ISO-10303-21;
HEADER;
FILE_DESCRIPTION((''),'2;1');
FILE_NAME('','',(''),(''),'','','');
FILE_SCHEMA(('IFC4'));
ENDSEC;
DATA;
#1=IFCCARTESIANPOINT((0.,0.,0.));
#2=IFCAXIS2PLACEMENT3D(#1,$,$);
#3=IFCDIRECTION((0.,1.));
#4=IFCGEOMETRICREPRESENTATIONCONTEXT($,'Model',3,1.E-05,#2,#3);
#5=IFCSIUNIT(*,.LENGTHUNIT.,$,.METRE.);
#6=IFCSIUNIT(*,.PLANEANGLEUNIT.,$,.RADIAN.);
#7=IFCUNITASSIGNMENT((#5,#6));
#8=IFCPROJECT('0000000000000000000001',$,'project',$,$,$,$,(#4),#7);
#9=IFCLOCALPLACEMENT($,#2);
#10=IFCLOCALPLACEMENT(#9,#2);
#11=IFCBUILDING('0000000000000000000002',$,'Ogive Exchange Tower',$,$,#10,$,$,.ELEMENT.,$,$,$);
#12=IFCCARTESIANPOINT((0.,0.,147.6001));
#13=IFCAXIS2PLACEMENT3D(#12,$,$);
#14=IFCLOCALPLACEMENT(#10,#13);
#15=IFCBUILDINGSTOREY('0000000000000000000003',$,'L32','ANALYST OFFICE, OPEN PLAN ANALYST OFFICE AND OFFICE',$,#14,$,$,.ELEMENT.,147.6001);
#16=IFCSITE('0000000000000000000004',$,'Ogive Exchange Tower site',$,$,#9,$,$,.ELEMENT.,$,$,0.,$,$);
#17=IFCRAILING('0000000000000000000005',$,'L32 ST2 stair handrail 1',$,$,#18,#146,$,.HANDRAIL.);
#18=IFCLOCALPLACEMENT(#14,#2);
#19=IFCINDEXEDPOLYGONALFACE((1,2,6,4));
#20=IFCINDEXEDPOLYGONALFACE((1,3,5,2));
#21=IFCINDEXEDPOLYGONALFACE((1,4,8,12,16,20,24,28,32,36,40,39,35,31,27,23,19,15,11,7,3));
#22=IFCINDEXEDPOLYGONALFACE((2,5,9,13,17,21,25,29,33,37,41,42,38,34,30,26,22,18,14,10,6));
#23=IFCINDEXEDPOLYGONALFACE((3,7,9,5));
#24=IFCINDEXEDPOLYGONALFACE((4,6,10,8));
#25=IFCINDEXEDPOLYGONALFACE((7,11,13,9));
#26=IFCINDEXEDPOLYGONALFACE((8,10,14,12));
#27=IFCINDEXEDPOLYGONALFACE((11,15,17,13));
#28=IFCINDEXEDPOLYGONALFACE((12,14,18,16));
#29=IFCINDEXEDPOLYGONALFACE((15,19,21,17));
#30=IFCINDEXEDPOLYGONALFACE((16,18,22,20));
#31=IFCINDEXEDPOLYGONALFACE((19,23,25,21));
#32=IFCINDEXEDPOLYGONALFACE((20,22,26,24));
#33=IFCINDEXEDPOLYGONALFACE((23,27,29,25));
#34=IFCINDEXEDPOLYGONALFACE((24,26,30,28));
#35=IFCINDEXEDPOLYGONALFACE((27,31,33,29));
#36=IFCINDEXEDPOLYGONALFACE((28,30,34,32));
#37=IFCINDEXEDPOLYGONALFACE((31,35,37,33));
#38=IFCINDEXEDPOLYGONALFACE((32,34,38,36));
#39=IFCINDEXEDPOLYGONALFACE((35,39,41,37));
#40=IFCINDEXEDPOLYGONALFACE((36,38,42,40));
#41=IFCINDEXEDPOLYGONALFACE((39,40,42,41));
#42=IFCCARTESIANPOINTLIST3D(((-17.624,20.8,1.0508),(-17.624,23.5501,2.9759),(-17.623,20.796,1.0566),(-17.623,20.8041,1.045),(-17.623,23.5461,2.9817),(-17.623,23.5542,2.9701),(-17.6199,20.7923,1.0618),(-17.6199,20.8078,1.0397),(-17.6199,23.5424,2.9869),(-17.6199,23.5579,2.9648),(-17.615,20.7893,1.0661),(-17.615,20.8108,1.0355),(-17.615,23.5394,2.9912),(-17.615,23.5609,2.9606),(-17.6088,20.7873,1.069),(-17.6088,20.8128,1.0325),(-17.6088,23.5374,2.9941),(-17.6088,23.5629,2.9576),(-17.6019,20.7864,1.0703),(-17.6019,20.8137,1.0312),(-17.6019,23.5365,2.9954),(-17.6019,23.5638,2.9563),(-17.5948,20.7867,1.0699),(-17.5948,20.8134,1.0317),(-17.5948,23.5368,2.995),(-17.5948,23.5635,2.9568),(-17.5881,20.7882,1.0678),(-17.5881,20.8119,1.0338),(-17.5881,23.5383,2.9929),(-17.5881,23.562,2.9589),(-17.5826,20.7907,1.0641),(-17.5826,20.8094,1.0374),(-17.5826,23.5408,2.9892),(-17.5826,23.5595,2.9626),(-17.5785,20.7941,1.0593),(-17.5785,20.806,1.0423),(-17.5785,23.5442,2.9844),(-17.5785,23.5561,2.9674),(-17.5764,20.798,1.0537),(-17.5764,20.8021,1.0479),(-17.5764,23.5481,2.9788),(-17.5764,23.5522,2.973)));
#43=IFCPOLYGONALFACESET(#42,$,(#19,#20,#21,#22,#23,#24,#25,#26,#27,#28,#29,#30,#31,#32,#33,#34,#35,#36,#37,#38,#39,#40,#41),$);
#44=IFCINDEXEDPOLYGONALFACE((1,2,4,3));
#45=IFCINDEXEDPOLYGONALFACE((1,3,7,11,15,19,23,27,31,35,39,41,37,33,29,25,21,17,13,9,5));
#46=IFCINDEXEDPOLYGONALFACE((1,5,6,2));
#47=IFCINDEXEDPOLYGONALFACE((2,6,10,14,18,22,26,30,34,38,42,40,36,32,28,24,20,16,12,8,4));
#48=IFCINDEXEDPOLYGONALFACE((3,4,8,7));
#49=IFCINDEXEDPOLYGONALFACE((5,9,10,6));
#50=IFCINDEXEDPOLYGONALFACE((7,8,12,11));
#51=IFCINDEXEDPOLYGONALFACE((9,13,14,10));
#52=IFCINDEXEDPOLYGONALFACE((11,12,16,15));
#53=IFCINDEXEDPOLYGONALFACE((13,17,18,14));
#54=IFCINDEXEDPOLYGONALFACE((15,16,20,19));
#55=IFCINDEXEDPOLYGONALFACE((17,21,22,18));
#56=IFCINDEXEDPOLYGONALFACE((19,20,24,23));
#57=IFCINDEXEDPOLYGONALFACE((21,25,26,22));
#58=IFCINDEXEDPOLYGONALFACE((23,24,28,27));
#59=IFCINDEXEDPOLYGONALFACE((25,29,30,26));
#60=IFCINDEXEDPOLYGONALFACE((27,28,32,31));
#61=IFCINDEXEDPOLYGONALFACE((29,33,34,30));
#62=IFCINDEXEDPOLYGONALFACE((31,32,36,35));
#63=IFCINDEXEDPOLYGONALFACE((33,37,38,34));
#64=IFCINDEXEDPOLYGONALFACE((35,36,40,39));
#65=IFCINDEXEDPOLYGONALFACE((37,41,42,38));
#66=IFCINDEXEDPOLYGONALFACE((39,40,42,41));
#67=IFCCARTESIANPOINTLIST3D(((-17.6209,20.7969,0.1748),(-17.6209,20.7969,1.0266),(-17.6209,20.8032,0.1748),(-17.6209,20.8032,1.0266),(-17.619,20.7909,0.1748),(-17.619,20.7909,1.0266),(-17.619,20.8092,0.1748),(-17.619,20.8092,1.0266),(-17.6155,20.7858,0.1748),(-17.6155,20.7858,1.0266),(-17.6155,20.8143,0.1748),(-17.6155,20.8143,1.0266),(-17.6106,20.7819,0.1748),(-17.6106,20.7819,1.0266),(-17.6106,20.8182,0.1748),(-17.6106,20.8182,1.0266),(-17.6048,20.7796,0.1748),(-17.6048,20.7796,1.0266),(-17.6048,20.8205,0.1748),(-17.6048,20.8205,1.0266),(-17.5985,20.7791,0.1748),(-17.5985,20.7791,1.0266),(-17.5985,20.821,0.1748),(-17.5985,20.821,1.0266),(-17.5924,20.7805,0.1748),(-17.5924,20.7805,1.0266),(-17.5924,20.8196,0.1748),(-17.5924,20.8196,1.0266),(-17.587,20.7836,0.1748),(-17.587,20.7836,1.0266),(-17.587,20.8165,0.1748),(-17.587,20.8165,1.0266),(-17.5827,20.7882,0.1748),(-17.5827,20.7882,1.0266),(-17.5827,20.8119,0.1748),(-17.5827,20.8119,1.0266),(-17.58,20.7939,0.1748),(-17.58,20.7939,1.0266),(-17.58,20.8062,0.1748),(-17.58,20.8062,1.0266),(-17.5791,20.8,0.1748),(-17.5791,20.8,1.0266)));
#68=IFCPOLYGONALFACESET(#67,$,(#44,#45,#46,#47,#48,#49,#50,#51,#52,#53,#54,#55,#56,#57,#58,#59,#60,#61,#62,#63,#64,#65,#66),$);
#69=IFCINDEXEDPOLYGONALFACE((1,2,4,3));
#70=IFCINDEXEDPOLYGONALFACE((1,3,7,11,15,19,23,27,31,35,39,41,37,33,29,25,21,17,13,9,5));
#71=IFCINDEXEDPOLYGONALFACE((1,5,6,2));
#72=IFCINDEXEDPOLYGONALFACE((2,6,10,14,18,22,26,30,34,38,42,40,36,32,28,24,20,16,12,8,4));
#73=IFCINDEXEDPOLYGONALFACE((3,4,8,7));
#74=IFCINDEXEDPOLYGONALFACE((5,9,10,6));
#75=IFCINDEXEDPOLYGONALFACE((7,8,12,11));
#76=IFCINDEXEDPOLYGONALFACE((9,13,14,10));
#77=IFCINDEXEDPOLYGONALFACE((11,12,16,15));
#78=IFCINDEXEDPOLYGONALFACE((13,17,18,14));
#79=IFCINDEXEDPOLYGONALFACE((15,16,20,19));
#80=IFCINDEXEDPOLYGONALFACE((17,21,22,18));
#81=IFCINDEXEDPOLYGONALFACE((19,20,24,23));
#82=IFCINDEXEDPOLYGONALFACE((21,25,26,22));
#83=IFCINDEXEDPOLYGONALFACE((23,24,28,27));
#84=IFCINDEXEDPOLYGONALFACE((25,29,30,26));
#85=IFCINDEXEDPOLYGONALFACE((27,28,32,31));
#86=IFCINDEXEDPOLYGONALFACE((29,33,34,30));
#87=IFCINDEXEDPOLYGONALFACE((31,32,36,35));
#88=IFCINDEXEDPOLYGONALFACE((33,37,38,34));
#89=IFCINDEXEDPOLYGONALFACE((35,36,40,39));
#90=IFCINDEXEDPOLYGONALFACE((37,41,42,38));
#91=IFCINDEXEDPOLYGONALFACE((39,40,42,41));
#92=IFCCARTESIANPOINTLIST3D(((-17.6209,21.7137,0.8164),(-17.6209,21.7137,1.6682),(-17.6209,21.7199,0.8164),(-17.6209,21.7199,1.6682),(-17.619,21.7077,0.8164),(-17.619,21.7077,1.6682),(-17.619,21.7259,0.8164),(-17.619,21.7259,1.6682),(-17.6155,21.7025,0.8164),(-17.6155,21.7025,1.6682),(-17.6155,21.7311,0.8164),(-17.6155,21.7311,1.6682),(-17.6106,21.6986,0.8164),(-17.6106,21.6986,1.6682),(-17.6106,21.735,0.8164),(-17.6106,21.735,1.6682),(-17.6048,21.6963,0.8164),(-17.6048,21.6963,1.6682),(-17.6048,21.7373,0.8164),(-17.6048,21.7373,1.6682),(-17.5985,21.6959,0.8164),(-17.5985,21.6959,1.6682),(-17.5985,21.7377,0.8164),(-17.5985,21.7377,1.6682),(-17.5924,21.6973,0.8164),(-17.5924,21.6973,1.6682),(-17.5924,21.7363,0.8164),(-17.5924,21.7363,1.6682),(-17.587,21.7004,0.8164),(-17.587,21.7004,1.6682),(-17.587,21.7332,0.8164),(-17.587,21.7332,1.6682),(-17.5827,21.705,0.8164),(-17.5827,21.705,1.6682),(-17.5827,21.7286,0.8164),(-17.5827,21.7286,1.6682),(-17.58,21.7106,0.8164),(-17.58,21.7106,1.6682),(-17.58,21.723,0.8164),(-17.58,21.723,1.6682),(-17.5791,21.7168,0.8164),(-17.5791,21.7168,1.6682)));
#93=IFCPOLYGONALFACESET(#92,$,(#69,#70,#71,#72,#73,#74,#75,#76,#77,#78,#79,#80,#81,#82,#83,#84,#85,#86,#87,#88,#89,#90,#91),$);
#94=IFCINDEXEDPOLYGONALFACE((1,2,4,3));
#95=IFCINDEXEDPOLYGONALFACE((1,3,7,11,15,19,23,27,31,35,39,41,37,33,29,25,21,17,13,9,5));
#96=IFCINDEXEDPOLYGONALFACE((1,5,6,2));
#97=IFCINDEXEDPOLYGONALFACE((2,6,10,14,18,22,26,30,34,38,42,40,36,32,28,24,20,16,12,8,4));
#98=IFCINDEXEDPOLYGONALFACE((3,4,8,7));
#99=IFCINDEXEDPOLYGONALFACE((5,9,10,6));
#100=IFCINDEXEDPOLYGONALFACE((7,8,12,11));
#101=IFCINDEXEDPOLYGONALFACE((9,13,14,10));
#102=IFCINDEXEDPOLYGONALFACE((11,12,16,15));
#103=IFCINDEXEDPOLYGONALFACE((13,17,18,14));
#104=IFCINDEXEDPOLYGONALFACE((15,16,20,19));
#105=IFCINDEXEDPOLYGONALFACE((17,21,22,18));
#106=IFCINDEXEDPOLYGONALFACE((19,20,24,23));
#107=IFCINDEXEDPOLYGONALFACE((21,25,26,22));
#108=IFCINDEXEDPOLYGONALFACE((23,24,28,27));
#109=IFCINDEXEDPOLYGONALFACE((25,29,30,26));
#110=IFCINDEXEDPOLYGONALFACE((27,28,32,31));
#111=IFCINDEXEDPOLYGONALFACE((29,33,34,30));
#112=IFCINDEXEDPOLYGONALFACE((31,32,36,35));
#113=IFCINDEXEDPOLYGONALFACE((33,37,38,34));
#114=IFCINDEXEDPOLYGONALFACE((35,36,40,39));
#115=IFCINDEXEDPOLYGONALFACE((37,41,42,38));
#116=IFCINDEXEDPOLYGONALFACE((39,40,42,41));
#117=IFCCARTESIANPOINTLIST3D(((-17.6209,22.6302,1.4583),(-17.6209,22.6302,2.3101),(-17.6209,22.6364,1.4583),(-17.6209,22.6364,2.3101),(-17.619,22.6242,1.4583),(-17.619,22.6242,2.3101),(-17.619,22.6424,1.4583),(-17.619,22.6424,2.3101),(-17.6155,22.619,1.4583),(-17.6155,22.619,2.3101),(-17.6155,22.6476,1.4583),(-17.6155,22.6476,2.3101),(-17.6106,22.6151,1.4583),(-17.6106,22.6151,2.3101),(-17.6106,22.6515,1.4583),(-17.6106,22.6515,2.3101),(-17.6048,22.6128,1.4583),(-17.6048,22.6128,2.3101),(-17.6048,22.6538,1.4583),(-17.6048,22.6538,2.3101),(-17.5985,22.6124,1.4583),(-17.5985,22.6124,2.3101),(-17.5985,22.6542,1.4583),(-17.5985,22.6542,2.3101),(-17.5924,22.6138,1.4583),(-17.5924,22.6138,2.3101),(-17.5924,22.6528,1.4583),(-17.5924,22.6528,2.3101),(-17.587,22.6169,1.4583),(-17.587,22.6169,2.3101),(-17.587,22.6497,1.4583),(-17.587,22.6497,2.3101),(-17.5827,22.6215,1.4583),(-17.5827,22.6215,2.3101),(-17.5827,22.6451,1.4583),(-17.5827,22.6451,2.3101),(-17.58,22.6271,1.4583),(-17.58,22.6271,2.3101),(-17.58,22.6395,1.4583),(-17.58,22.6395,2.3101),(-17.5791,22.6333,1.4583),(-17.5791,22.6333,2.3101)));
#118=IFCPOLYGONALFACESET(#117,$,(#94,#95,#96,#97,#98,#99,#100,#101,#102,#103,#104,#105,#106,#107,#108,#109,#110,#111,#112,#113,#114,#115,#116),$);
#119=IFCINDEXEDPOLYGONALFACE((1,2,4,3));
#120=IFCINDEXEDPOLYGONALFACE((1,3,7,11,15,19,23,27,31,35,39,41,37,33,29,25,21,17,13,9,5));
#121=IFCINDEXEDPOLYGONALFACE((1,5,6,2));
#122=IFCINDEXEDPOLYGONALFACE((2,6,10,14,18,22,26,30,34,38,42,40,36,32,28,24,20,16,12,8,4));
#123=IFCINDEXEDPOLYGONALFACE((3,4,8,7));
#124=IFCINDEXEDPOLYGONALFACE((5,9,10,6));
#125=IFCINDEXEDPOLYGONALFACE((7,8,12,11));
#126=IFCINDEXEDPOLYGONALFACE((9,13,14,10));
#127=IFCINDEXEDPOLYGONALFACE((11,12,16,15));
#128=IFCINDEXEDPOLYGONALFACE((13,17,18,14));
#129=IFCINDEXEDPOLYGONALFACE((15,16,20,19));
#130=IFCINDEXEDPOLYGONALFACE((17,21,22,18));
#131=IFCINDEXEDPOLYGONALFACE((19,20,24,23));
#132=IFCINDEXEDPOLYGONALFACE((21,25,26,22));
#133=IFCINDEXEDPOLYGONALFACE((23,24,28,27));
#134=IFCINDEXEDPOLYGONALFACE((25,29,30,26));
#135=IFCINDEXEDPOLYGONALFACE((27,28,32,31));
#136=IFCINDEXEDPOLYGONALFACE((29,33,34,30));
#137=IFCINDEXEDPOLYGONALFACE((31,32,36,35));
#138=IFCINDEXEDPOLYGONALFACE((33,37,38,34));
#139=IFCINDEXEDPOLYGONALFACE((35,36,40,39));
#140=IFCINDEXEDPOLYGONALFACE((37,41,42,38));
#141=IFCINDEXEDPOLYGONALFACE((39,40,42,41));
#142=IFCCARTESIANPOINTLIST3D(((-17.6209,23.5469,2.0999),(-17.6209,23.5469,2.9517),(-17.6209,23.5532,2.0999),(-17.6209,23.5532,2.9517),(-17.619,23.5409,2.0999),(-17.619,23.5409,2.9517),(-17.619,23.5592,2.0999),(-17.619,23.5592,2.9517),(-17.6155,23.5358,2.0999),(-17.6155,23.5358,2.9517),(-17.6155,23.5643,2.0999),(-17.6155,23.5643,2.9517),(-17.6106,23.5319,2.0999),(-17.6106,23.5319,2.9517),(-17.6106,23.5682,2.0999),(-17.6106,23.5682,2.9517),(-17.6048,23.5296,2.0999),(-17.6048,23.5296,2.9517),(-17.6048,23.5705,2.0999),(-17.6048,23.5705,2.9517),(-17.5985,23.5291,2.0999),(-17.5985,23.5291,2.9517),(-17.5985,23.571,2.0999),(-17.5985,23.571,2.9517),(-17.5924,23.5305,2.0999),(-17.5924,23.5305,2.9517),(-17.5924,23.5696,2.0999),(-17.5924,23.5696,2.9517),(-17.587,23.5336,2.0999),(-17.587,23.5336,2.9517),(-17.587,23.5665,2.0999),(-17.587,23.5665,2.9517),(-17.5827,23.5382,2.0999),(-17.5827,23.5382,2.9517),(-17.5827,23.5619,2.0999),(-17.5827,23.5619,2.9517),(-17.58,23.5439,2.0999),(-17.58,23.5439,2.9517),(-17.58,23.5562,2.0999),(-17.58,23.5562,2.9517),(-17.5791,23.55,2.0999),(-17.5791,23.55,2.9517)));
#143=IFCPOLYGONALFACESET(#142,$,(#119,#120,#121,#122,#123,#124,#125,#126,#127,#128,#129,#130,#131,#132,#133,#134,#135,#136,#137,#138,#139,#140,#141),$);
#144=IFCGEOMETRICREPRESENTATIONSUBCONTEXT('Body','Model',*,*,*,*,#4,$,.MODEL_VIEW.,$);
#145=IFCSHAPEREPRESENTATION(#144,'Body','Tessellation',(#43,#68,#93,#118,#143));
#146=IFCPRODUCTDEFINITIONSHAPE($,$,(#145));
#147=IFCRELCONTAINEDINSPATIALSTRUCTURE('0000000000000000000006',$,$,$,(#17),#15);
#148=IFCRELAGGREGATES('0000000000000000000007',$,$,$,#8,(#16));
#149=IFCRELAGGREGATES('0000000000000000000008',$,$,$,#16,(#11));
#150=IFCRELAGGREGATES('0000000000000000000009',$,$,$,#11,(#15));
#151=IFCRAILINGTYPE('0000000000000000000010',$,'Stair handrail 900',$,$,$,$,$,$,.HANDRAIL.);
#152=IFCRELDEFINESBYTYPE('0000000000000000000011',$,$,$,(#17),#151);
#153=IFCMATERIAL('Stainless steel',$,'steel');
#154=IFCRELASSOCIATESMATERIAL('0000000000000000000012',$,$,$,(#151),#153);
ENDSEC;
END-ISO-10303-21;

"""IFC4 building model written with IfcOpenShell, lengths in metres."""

from ifc_helpers import new_model, si_unit, direction, frame, origin, origin_2d, place, context, subcontext, project, spatial, circle, extrude, material, type_object, element, save


model = new_model("IFC4")

# Units and contexts
model_context = context("Model", 3, precision=1e-05, world=origin(), true_north=direction((0.0, 1.0)))
body_context = subcontext(model_context, "Body", "Model", "MODEL_VIEW")
ifc_project = project(units=[si_unit("LENGTHUNIT", "METRE"), si_unit("PLANEANGLEUNIT", "RADIAN")], contexts=[model_context])

# Site, building, storey
site_placement = place(None, origin())
site = spatial("IfcSite", under=ifc_project, at=site_placement, Name="Ogive Exchange Tower site", CompositionType="ELEMENT", RefElevation=0.0)
building_placement = place(site_placement, origin())
building = spatial("IfcBuilding", under=site, at=building_placement, Name="Ogive Exchange Tower", CompositionType="ELEMENT")
storey_placement = place(building_placement, frame((0.0, 0.0, 147.6001)))
storey = spatial("IfcBuildingStorey", under=building, at=storey_placement, Name="L32", Description="ANALYST OFFICE, OPEN PLAN ANALYST OFFICE AND OFFICE", CompositionType="ELEMENT", Elevation=147.6001)

# Railing
ifc_material_1 = material(Name="Stainless steel", Category="steel")
railing_type = type_object("IfcRailingType", Name="Stair handrail 900", PredefinedType="HANDRAIL", material=ifc_material_1)
railing_placement = place(storey_placement, frame((-17.6001, 20.8, 0.1748)))
element("IfcRailing", 1, at=railing_placement, inside=storey, type_object=railing_type, Name="L32 ST2 stair handrail 1", PredefinedType="HANDRAIL", context=body_context, shape_type="SweptSolid", body=[
    extrude(circle(Radius=0.0239, at=origin_2d()), frame((0.0, 0.0, 0.876), z_axis=(0.0, 0.819225, 0.573472), x_axis=(-1.0, 0.0, 0.0)), (0.0, 0.0, 1.0), 3.3569),
    extrude(circle(Radius=0.021, at=origin_2d()), origin(), (0.0, 0.0, 1.0), 0.8518),
    extrude(circle(Radius=0.021, at=origin_2d()), frame((0.0, 0.9167, 0.6416)), (0.0, 0.0, 1.0), 0.8518),
    extrude(circle(Radius=0.021, at=origin_2d()), frame((0.0, 1.8333, 1.2834)), (0.0, 0.0, 1.0), 0.8518),
    extrude(circle(Radius=0.021, at=origin_2d()), frame((0.0, 2.75, 1.925)), (0.0, 0.0, 1.0), 0.8518),
])

save(model, "model.ifc")
